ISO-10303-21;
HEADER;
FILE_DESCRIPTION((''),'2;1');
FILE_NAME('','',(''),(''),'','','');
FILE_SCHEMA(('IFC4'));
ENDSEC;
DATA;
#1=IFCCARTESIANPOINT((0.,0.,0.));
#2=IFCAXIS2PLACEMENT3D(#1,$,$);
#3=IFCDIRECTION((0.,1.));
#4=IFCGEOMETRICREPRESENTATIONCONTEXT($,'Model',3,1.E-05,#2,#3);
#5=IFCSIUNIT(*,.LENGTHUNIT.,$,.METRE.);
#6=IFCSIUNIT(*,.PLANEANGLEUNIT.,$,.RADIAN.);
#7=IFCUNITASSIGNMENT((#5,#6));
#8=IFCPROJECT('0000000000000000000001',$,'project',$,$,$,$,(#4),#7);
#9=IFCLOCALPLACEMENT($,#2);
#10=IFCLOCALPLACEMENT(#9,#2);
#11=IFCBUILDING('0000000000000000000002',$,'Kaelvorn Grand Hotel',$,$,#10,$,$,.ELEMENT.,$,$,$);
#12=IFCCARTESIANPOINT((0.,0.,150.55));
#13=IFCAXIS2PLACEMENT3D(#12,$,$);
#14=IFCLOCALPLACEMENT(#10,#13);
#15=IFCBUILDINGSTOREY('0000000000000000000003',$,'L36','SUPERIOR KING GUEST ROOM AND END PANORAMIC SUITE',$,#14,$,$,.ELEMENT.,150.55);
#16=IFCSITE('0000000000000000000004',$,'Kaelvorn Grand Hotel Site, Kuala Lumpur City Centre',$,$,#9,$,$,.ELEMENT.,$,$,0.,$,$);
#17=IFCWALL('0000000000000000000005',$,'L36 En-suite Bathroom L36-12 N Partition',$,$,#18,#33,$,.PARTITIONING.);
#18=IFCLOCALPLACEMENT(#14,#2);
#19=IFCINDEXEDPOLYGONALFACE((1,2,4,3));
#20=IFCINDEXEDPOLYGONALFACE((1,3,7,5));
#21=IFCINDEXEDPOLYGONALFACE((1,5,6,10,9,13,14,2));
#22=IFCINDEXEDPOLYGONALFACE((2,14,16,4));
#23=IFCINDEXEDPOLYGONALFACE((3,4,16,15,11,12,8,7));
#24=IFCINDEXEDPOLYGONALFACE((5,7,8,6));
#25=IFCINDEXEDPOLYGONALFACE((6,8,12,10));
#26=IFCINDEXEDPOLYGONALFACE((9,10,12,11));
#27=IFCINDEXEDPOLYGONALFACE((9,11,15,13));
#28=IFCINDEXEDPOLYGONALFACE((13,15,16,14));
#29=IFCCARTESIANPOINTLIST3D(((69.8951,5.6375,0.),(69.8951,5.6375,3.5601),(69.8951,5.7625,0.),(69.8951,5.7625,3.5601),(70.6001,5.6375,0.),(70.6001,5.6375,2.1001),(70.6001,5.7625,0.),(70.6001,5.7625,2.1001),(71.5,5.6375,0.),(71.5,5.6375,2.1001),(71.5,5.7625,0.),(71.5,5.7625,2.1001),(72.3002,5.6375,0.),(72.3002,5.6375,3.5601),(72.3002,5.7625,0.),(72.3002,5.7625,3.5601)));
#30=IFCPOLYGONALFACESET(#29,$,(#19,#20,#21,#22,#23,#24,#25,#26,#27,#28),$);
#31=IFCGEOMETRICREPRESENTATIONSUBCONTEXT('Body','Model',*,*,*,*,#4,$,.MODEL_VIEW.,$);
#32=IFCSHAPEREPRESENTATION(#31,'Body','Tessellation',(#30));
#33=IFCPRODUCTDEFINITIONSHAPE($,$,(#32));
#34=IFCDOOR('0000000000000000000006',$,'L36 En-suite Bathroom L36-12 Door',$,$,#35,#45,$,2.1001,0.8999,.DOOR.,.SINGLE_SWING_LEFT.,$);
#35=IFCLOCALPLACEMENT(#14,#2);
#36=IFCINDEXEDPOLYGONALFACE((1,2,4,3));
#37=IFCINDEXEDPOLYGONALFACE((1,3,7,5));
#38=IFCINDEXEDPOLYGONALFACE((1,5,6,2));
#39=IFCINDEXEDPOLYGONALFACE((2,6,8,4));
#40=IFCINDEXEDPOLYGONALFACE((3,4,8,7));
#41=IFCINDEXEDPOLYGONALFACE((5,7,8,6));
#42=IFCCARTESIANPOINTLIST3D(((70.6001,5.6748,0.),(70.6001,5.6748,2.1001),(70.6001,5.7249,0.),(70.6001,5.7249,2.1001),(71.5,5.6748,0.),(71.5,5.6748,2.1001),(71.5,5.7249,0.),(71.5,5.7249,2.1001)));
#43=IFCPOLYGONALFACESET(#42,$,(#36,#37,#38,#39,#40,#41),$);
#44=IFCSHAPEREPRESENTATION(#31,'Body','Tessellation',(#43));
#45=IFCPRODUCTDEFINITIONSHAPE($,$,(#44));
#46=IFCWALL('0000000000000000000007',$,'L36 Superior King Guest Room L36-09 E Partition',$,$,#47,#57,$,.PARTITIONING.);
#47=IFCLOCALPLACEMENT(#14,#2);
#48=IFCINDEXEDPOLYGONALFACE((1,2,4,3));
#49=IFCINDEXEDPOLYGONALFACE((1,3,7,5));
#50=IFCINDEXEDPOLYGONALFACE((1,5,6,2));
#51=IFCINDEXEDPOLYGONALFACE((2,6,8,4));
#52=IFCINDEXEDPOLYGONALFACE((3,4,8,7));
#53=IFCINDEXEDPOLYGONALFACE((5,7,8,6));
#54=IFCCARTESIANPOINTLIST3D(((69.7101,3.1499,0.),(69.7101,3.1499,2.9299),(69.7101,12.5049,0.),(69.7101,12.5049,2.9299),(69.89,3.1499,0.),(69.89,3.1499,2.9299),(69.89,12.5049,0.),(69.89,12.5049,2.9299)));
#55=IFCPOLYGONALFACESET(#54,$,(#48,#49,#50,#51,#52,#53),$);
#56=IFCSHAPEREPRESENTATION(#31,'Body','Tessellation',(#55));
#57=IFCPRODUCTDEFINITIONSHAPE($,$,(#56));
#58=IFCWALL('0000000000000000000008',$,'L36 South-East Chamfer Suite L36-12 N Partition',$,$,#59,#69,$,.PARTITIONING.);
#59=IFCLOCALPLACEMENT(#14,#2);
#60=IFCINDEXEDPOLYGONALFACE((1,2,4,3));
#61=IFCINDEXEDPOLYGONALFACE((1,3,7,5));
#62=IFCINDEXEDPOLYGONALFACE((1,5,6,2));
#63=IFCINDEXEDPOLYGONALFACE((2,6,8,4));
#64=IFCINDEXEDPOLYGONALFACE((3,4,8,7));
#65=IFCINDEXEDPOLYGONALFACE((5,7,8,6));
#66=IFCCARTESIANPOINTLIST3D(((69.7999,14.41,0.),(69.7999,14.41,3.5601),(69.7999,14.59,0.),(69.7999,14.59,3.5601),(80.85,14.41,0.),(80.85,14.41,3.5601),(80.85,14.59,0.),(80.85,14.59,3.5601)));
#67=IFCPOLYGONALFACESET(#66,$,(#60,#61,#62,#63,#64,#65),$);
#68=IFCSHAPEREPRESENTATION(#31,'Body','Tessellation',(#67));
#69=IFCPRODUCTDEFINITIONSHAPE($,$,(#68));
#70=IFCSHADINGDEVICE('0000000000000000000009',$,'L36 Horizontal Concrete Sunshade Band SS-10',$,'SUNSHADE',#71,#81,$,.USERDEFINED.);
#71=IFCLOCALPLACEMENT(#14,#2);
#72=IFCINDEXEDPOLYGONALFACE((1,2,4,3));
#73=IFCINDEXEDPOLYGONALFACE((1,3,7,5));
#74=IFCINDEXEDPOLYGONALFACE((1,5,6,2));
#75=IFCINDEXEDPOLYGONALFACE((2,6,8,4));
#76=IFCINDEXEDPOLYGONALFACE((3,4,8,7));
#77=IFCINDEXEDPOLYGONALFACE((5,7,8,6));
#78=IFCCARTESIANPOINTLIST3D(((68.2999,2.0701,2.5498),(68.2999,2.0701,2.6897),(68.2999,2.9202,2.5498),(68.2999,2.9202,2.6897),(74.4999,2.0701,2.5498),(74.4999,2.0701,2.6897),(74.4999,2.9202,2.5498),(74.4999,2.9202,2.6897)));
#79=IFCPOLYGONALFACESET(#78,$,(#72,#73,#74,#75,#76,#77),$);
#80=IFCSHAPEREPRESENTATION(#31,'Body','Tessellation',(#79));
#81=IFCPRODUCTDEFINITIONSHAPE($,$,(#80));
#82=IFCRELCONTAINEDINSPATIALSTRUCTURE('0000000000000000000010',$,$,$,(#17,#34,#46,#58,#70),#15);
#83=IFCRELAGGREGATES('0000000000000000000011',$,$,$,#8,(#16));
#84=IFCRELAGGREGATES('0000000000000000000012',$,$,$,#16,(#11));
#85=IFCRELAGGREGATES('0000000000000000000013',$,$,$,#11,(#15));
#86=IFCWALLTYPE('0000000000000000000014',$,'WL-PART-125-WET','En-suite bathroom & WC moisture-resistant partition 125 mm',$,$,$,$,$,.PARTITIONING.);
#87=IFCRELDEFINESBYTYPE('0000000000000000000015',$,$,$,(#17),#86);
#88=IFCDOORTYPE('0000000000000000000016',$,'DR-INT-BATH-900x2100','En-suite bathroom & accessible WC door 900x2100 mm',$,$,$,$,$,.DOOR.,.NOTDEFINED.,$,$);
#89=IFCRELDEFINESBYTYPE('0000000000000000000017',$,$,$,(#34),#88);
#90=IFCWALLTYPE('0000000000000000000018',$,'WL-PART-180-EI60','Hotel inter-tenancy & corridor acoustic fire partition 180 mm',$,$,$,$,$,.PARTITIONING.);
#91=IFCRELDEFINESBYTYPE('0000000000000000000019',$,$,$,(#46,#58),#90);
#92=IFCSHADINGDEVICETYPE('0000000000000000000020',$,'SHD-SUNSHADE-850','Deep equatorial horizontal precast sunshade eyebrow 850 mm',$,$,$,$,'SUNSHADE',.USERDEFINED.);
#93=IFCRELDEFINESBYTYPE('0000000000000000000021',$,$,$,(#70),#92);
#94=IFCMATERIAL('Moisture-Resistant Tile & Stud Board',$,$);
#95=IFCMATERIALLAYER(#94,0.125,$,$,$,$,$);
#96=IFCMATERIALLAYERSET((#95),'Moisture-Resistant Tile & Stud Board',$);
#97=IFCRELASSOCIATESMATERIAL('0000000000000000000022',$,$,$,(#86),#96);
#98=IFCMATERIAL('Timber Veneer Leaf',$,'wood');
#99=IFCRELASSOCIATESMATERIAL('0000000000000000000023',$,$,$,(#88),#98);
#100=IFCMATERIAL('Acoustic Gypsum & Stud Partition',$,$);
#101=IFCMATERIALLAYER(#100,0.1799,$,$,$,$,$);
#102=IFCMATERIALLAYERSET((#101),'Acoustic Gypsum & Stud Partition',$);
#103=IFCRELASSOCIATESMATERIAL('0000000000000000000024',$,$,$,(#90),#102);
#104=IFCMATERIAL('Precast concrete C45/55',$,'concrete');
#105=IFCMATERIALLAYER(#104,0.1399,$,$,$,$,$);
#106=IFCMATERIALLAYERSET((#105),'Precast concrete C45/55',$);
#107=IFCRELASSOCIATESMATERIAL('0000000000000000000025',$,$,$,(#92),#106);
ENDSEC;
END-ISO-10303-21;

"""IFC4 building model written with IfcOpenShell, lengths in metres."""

from ifc_helpers import new_model, si_unit, direction, frame, frame_2d, origin, origin_2d, place, context, subcontext, project, spatial, rectangle, extrude, material, layer, layer_set, type_object, element, fill, save


model = new_model("IFC4")

# Units and contexts
model_context = context("Model", 3, precision=1e-05, world=origin(), true_north=direction((0.0, 1.0)))
body_context = subcontext(model_context, "Body", "Model", "MODEL_VIEW")
ifc_project = project(units=[si_unit("LENGTHUNIT", "METRE"), si_unit("PLANEANGLEUNIT", "RADIAN")], contexts=[model_context])

# Site, building, storey
site_placement = place(None, origin())
site = spatial("IfcSite", under=ifc_project, at=site_placement, Name="Kaelvorn Grand Hotel Site, Kuala Lumpur City Centre", CompositionType="ELEMENT", RefElevation=0.0)
building_placement = place(site_placement, origin())
building = spatial("IfcBuilding", under=site, at=building_placement, Name="Kaelvorn Grand Hotel", CompositionType="ELEMENT")
storey_placement = place(building_placement, frame((0.0, 0.0, 150.55)))
storey = spatial("IfcBuildingStorey", under=building, at=storey_placement, Name="L36", Description="SUPERIOR KING GUEST ROOM AND END PANORAMIC SUITE", CompositionType="ELEMENT", Elevation=150.55)

# Shared definitions
ifc_material_1 = material(Name="Moisture-Resistant Tile & Stud Board")
ifc_layer_1 = layer(ifc_material_1, 0.125)
ifc_layer_set_1 = layer_set([ifc_layer_1], Name="Moisture-Resistant Tile & Stud Board")
wall_type_1 = type_object("IfcWallType", Name="WL-PART-125-WET", Description="En-suite bathroom & WC moisture-resistant partition 125 mm", PredefinedType="PARTITIONING", material=ifc_layer_set_1)
ifc_material_2 = material(Name="Timber Veneer Leaf", Category="wood")
door_type_1 = type_object("IfcDoorType", Name="DR-INT-BATH-900x2100", Description="En-suite bathroom & accessible WC door 900x2100 mm", OperationType="NOTDEFINED", PredefinedType="DOOR", material=ifc_material_2)

# Wall, opening, door
wall_1_placement = place(storey_placement, frame((69.895, 5.7, 0.0), z_axis=(0.0, 0.0, 1.0), x_axis=(1.0, 0.0, 0.0)))
wall_1 = element("IfcWall", 1, at=wall_1_placement, inside=storey, type_object=wall_type_1, Name="L36 En-suite Bathroom L36-12 N Partition", PredefinedType="PARTITIONING", context=body_context, shape_type="SweptSolid", body=[
    extrude(rectangle(XDim=2.405, YDim=0.125, at=frame_2d((1.2026, 0.0))), origin(), (0.0, 0.0, 1.0), 3.5601),
])
opening_1_placement = place(wall_1_placement, frame((0.7051, 0.0, 0.0)))
opening_1 = element("IfcOpeningElement", 2, at=opening_1_placement, cuts=wall_1, PredefinedType="OPENING", context=body_context, shape_type="SweptSolid", body=[
    extrude(rectangle(XDim=0.8999, YDim=2.1001, at=frame_2d((0.45, 1.05))), frame((0.0, 0.0725, 0.0), z_axis=(0.0, -1.0, 0.0), x_axis=(1.0, 0.0, 0.0)), (0.0, 0.0, 1.0), 0.145),
])
door_1_placement = place(opening_1_placement, origin())
door_1 = element("IfcDoor", 3, at=door_1_placement, inside=storey, type_object=door_type_1, Name="L36 En-suite Bathroom L36-12 Door", OperationType="SINGLE_SWING_LEFT", OverallHeight=2.1001, OverallWidth=0.8999, PredefinedType="DOOR", context=body_context, shape_type="SweptSolid", body=[
    extrude(rectangle(XDim=0.8999, YDim=2.1001, at=frame_2d((0.45, 1.05))), frame((0.0, 0.0249, 0.0), z_axis=(0.0, -1.0, 0.0), x_axis=(1.0, 0.0, 0.0)), (0.0, 0.0, 1.0), 0.05),
])
fill(opening_1, door_1)

# Walls
ifc_material_3 = material(Name="Acoustic Gypsum & Stud Partition")
ifc_layer_2 = layer(ifc_material_3, 0.1799)
ifc_layer_set_2 = layer_set([ifc_layer_2], Name="Acoustic Gypsum & Stud Partition")
wall_type_2 = type_object("IfcWallType", Name="WL-PART-180-EI60", Description="Hotel inter-tenancy & corridor acoustic fire partition 180 mm", PredefinedType="PARTITIONING", material=ifc_layer_set_2)
wall_2_placement = place(storey_placement, frame((69.8, 3.1499, 0.0), z_axis=(0.0, 0.0, 1.0), x_axis=(0.0, 1.0, 0.0)))
element("IfcWall", 4, at=wall_2_placement, inside=storey, type_object=wall_type_2, Name="L36 Superior King Guest Room L36-09 E Partition", PredefinedType="PARTITIONING", context=body_context, shape_type="SweptSolid", body=[
    extrude(rectangle(XDim=9.355, YDim=0.1799, at=frame_2d((4.6775, 0.0))), origin(), (0.0, 0.0, 1.0), 2.9299),
])
wall_3_placement = place(storey_placement, frame((69.8, 14.5, 0.0), z_axis=(0.0, 0.0, 1.0), x_axis=(1.0, 0.0, 0.0)))
element("IfcWall", 5, at=wall_3_placement, inside=storey, type_object=wall_type_2, Name="L36 South-East Chamfer Suite L36-12 N Partition", PredefinedType="PARTITIONING", context=body_context, shape_type="SweptSolid", body=[
    extrude(rectangle(XDim=11.05, YDim=0.1799, at=frame_2d((5.5249, 0.0))), origin(), (0.0, 0.0, 1.0), 3.5601),
])

# Shading device
ifc_material_4 = material(Name="Precast concrete C45/55", Category="concrete")
ifc_layer_3 = layer(ifc_material_4, 0.1399)
ifc_layer_set_3 = layer_set([ifc_layer_3], Name="Precast concrete C45/55")
shading_device_type = type_object("IfcShadingDeviceType", Name="SHD-SUNSHADE-850", Description="Deep equatorial horizontal precast sunshade eyebrow 850 mm", ElementType="SUNSHADE", PredefinedType="USERDEFINED", material=ifc_layer_set_3)
shading_device_placement = place(storey_placement, frame((71.3999, 2.4951, 2.5498), z_axis=(0.0, 0.0, 1.0), x_axis=(1.0, 0.0, 0.0)))
element("IfcShadingDevice", 6, at=shading_device_placement, inside=storey, type_object=shading_device_type, Name="L36 Horizontal Concrete Sunshade Band SS-10", ObjectType="SUNSHADE", PredefinedType="USERDEFINED", context=body_context, shape_type="SweptSolid", body=[
    extrude(rectangle(XDim=6.2, YDim=0.8501, at=origin_2d()), origin(), (0.0, 0.0, 1.0), 0.1399),
])

save(model, "model.ifc")
